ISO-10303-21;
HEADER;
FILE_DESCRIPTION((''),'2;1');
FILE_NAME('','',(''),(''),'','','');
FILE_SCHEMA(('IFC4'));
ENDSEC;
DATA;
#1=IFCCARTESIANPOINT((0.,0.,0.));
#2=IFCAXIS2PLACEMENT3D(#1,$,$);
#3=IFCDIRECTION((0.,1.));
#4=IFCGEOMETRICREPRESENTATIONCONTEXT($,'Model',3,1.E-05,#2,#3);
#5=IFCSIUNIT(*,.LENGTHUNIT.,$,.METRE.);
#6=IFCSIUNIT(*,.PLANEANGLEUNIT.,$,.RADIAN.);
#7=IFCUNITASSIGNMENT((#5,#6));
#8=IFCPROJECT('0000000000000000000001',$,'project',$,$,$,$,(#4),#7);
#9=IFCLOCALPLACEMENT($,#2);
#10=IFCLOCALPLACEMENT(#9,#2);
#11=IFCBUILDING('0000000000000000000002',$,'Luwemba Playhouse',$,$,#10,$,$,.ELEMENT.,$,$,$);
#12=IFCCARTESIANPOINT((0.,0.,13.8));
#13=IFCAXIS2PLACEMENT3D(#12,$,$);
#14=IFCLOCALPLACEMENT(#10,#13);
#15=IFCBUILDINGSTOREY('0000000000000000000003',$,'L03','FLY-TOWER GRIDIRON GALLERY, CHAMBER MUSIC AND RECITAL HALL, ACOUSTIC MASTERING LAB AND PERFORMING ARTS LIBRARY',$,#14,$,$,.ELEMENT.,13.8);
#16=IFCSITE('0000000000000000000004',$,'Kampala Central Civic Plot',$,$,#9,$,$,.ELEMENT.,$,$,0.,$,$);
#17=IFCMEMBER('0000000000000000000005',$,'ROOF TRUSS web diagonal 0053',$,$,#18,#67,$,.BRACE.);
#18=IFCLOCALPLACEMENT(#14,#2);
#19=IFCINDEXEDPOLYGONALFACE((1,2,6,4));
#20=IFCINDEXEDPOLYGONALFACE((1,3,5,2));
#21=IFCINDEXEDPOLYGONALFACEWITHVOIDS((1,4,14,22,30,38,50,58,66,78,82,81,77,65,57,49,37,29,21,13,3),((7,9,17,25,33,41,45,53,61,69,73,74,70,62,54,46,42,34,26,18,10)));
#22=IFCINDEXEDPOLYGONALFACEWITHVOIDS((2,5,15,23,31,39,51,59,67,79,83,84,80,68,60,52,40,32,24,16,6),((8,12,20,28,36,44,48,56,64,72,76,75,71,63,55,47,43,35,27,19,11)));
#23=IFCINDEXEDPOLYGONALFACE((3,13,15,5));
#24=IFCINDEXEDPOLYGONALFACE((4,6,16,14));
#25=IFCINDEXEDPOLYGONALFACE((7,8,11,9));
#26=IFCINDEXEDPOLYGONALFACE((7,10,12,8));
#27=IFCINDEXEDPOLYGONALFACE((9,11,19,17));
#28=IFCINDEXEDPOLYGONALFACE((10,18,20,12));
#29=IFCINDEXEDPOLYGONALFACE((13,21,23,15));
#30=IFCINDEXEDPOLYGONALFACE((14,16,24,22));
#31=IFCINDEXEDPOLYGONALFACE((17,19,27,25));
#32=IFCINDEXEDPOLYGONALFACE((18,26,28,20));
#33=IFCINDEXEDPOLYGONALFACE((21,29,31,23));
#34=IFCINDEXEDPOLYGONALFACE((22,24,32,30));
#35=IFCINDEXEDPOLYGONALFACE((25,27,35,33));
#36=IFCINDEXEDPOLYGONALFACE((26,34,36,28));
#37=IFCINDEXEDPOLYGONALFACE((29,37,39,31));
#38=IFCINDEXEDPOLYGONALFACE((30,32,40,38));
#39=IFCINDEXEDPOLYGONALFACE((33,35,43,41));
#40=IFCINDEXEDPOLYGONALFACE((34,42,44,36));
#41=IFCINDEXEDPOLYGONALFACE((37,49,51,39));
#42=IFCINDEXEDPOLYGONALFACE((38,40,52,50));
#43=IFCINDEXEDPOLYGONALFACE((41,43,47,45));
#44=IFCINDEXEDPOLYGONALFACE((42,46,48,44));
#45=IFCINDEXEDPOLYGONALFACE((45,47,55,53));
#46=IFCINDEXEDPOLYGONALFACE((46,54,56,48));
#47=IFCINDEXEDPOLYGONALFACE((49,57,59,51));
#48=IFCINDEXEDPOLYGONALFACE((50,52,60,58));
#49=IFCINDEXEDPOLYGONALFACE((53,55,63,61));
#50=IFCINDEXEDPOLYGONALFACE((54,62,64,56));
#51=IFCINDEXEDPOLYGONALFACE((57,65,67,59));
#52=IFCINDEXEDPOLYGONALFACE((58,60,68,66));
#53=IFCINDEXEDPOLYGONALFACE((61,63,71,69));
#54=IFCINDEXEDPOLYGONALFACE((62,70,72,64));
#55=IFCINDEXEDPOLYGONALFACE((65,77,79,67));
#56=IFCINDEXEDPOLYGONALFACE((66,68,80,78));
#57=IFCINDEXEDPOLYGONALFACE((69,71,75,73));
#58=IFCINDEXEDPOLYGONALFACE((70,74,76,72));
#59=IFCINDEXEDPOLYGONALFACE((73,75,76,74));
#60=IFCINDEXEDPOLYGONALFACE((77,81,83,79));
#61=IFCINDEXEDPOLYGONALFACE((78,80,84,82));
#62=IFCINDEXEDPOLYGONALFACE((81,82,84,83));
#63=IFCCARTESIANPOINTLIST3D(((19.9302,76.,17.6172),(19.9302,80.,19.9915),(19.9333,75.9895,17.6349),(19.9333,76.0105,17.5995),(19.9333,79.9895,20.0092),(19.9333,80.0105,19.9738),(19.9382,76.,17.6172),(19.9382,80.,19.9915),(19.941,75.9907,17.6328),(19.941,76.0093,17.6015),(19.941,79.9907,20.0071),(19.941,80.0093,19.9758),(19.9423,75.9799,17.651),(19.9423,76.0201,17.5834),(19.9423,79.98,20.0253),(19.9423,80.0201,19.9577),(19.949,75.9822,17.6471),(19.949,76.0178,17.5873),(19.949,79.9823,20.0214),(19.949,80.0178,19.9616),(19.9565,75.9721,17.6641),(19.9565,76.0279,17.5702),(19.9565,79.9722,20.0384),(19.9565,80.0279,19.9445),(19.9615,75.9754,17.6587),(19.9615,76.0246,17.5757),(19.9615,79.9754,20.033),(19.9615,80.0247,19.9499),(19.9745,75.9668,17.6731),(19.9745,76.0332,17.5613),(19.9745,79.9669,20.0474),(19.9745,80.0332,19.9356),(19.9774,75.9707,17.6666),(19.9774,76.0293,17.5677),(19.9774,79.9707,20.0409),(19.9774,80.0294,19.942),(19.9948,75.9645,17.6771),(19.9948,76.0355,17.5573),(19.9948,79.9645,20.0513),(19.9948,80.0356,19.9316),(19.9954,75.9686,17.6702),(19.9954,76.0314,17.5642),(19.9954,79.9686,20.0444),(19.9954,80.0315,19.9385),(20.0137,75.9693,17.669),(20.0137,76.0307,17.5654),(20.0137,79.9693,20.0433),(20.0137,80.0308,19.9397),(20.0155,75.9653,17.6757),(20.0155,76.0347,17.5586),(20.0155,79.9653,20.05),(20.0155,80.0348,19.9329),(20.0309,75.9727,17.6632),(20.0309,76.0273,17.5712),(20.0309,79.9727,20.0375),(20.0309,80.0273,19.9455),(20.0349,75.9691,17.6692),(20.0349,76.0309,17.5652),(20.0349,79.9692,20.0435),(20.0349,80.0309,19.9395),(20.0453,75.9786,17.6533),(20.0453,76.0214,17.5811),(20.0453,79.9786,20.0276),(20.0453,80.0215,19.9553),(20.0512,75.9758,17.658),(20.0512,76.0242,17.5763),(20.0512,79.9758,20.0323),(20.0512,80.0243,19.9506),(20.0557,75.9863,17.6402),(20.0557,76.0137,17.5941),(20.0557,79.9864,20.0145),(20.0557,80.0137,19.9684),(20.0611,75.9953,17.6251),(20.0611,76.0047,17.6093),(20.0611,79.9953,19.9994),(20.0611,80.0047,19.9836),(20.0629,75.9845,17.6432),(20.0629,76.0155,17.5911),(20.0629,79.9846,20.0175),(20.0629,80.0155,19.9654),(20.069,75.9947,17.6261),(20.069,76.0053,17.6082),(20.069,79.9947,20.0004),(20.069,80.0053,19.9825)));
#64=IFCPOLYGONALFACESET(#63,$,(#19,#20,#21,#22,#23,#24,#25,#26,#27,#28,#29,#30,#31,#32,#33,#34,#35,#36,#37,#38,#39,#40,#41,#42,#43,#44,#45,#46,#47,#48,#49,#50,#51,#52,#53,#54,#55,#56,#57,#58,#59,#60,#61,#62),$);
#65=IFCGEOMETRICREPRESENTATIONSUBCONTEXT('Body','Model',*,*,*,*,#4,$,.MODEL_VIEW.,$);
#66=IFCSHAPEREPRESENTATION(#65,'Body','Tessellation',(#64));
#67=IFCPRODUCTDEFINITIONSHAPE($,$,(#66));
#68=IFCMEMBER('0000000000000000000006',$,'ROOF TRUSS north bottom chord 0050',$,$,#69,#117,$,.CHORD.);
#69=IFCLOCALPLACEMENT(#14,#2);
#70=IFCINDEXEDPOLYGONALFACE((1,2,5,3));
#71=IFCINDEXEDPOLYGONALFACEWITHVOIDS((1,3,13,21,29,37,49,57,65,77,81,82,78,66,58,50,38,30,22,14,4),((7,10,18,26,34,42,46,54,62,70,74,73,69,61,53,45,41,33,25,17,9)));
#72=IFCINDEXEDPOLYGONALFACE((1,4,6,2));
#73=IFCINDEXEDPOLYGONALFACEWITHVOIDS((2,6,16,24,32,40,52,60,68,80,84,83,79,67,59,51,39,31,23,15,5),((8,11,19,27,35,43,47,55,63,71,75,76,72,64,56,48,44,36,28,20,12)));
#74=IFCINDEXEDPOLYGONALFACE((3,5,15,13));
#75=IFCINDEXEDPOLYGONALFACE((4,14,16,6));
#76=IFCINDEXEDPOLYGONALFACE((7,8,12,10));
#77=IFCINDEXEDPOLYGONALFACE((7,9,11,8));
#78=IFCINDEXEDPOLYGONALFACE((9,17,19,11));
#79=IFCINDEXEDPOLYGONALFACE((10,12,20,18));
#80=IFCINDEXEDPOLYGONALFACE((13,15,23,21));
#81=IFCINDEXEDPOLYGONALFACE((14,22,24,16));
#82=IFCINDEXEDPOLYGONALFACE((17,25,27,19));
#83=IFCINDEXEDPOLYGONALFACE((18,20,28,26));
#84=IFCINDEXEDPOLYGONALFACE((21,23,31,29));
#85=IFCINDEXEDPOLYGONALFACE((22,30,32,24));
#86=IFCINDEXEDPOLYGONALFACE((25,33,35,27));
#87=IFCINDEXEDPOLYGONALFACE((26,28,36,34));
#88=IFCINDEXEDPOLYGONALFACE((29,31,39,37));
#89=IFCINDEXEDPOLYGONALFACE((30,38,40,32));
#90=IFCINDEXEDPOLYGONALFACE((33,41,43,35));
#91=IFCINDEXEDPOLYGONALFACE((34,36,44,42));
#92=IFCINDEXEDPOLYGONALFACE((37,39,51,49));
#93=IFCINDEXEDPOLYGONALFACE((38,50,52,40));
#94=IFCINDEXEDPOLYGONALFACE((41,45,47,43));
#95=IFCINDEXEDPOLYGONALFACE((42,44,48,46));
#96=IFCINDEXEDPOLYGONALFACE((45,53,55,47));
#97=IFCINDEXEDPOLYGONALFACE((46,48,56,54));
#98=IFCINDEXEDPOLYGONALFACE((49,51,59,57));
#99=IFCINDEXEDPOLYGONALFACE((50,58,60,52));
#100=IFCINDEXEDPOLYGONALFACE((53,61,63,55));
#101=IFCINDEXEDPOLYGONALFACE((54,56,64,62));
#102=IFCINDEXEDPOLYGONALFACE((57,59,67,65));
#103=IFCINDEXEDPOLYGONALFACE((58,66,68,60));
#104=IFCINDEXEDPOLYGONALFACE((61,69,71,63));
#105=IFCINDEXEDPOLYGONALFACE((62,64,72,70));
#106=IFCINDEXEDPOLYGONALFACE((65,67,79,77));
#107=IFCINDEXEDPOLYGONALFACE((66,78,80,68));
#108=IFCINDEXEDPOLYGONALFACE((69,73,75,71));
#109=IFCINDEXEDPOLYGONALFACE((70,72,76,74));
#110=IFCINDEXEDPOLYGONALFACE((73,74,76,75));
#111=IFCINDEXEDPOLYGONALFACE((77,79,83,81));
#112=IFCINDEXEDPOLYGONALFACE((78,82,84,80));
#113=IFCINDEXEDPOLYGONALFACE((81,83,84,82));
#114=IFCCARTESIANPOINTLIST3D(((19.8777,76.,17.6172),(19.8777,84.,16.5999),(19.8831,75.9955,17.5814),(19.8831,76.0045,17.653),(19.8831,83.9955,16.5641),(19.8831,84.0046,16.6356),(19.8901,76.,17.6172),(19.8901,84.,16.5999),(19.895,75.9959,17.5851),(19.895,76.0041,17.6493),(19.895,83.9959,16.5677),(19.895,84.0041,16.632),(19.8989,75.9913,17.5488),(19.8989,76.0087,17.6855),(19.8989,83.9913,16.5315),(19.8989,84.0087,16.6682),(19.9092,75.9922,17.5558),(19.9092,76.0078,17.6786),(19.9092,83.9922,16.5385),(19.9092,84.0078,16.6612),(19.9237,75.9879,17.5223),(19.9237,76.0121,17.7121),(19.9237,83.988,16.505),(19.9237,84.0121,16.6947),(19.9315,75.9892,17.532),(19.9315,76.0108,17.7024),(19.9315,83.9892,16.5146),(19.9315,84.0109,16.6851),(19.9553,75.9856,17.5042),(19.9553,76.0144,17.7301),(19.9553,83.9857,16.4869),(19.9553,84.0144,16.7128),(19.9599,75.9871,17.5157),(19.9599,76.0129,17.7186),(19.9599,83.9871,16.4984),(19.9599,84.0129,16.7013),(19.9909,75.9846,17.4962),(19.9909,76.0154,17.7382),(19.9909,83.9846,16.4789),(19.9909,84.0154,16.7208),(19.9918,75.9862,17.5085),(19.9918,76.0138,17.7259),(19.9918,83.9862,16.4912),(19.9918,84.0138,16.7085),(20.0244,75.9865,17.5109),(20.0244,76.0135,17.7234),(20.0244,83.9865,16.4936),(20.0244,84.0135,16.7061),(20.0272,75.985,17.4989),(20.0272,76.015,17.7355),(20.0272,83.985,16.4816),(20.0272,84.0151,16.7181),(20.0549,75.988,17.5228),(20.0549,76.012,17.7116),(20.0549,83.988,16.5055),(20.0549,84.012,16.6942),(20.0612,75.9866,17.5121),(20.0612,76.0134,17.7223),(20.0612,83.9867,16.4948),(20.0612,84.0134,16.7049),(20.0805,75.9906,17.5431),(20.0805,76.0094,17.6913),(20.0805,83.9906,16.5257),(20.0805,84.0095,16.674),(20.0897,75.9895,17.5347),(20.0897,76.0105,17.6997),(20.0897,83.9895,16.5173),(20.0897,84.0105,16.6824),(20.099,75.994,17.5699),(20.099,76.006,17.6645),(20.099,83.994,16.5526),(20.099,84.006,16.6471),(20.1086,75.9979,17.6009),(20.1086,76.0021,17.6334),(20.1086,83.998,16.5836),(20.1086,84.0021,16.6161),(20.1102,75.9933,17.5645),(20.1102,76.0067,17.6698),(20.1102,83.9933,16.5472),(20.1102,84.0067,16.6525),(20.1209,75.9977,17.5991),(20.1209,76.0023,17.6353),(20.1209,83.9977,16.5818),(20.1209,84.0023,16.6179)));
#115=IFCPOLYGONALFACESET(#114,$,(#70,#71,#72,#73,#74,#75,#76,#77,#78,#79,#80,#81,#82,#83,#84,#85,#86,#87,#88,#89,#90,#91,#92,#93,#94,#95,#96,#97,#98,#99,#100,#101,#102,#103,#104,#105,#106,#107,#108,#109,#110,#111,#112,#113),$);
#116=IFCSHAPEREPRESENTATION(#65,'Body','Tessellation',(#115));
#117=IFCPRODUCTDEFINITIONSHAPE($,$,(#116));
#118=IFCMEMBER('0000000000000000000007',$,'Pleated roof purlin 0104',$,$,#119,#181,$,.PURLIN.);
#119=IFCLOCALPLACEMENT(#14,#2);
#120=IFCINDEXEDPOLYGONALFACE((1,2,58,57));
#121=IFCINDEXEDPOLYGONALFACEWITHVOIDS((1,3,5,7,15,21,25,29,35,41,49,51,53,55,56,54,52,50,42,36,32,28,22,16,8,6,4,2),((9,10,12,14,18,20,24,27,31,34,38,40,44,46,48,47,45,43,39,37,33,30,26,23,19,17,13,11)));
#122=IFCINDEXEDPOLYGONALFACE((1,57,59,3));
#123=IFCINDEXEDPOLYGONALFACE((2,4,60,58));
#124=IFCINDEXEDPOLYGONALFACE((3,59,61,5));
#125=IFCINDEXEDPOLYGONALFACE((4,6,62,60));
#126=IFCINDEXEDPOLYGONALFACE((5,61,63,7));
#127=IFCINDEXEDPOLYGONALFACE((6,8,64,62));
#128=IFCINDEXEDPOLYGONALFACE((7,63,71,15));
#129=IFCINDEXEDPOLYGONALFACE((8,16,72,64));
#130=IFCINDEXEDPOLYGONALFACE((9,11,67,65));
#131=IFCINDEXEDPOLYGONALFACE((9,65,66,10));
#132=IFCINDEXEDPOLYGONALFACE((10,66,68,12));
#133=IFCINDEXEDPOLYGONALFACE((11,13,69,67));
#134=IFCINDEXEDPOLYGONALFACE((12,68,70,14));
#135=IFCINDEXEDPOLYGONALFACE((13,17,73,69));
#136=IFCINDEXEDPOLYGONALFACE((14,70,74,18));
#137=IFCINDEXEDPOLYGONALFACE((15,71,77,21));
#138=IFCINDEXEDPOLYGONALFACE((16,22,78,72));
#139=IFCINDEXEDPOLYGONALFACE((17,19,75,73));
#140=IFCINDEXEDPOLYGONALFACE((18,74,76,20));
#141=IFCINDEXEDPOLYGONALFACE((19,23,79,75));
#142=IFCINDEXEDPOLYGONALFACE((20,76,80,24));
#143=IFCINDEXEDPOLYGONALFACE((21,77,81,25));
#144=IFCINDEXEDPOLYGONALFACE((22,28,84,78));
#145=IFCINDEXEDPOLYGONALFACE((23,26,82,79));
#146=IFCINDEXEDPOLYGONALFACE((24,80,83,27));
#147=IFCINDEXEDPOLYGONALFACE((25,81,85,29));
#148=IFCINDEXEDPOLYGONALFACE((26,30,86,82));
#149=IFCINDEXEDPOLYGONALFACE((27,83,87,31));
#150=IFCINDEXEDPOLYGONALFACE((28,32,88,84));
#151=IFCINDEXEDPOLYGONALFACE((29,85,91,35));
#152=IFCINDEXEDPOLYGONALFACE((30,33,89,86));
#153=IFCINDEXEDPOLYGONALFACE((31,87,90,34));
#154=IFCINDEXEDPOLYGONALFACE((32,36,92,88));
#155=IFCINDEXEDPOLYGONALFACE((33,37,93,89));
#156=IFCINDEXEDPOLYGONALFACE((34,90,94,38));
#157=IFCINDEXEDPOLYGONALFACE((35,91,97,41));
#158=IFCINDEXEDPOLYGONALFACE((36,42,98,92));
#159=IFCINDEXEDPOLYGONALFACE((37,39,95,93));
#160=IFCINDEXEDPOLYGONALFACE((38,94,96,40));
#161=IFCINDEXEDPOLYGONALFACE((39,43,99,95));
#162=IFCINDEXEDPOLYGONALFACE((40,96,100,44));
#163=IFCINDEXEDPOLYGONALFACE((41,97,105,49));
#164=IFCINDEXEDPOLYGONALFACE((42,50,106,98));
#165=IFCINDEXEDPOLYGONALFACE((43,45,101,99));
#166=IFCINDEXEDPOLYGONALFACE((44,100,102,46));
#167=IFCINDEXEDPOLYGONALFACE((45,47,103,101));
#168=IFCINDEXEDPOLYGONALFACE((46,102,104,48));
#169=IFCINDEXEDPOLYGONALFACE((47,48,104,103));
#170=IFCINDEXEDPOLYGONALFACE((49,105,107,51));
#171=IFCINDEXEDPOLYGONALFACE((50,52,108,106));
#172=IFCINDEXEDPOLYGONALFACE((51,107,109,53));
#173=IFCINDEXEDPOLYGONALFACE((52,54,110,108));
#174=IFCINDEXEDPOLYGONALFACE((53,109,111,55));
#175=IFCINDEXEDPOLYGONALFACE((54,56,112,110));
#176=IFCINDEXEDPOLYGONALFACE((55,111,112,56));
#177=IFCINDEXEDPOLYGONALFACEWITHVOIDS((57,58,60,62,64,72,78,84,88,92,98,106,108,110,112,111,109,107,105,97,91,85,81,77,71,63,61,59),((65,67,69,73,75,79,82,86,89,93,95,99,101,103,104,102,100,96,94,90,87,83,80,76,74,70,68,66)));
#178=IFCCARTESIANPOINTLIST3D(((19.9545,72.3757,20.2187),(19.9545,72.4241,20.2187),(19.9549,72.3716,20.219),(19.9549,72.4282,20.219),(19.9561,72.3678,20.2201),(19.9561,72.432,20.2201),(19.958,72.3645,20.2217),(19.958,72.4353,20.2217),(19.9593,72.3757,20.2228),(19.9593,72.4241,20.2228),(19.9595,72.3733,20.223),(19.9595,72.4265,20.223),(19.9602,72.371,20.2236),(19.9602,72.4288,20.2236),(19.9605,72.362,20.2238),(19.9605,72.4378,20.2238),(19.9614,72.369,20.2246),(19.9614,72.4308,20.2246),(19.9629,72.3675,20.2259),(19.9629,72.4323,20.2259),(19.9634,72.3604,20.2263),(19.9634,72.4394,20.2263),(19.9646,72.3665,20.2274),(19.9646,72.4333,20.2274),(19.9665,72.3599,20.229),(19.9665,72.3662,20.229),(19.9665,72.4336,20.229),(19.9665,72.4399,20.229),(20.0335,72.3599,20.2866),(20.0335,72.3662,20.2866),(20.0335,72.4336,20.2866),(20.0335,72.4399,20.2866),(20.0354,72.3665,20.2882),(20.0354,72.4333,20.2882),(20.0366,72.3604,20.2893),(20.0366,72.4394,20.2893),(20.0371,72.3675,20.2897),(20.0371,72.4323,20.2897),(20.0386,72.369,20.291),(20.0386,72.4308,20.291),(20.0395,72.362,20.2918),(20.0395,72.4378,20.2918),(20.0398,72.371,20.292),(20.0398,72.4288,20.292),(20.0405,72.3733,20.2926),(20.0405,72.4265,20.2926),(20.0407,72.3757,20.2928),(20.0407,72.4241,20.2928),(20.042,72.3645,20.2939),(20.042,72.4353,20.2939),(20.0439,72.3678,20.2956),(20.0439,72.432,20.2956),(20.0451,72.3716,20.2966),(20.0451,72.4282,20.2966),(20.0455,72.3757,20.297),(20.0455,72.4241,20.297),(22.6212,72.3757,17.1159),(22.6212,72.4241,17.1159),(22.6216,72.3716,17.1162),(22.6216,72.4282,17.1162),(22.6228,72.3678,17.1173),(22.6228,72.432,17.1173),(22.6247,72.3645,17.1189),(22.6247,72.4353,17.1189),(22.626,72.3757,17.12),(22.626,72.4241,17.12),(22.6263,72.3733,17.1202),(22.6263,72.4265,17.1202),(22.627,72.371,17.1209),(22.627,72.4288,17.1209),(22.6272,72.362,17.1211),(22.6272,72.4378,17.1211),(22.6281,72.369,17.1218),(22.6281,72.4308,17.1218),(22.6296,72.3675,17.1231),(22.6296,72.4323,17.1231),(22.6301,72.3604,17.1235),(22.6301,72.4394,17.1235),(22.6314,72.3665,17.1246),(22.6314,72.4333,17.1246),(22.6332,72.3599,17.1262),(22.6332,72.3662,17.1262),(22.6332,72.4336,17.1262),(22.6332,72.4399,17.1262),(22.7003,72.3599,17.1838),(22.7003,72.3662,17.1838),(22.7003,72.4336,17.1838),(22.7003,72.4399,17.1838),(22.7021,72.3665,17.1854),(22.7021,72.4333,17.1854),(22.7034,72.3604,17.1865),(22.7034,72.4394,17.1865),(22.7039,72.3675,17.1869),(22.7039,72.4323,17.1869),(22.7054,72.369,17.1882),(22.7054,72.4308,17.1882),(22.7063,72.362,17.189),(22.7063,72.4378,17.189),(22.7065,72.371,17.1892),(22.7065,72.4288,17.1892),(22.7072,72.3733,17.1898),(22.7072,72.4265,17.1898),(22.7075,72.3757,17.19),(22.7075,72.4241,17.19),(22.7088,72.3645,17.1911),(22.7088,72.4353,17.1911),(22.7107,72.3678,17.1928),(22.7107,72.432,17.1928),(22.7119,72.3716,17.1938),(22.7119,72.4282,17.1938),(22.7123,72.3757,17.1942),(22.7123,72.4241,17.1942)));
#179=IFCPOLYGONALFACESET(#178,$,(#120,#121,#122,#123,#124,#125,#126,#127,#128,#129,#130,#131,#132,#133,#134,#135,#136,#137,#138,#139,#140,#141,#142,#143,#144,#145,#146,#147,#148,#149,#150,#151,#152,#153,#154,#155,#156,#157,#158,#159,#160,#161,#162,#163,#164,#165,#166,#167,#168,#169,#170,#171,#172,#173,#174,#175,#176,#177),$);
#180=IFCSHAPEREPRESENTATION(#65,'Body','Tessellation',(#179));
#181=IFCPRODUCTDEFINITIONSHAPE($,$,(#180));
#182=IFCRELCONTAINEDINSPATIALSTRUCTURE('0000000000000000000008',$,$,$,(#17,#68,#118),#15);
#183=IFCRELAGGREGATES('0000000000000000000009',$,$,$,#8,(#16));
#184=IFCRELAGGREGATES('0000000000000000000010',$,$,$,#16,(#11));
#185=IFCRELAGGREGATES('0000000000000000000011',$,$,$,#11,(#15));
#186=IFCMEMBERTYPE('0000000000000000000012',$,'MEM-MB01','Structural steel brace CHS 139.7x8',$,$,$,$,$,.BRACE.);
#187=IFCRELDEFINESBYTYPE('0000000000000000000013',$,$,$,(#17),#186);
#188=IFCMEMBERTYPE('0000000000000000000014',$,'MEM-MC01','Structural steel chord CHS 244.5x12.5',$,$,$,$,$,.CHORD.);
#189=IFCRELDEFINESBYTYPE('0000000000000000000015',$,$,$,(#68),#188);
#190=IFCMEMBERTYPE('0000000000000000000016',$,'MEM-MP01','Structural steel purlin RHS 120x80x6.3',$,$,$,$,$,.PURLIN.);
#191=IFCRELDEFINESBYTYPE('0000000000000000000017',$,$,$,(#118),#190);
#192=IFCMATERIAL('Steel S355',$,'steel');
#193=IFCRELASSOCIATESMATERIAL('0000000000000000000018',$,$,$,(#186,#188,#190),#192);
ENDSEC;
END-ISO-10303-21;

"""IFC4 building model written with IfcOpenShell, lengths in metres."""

from ifc_helpers import new_model, si_unit, direction, frame, origin, origin_2d, place, context, subcontext, project, spatial, hollow_rectangle, hollow_circle, extrude, material, material_profile, profile_set, type_object, element, save


model = new_model("IFC4")

# Units and contexts
model_context = context("Model", 3, precision=1e-05, world=origin(), true_north=direction((0.0, 1.0)))
body_context = subcontext(model_context, "Body", "Model", "MODEL_VIEW")
ifc_project = project(units=[si_unit("LENGTHUNIT", "METRE"), si_unit("PLANEANGLEUNIT", "RADIAN")], contexts=[model_context])

# Site, building, storey
site_placement = place(None, origin())
site = spatial("IfcSite", under=ifc_project, at=site_placement, Name="Kampala Central Civic Plot", CompositionType="ELEMENT", RefElevation=0.0)
building_placement = place(site_placement, origin())
building = spatial("IfcBuilding", under=site, at=building_placement, Name="Luwemba Playhouse", CompositionType="ELEMENT")
storey_placement = place(building_placement, frame((0.0, 0.0, 13.8)))
storey = spatial("IfcBuildingStorey", under=building, at=storey_placement, Name="L03", Description="FLY-TOWER GRIDIRON GALLERY, CHAMBER MUSIC AND RECITAL HALL, ACOUSTIC MASTERING LAB AND PERFORMING ARTS LIBRARY", CompositionType="ELEMENT", Elevation=13.8)

# Shared definitions
ifc_material_1 = material(Name="Steel S355", Category="steel")

# Members
ifc_material_profile_1 = material_profile(ifc_material_1, hollow_circle(Radius=0.0698, WallThickness=0.0081, at=origin_2d()))
ifc_profile_set_1 = profile_set([ifc_material_profile_1], Name="Steel S355")
member_type_1 = type_object("IfcMemberType", Name="MEM-MB01", Description="Structural steel brace CHS 139.7x8", PredefinedType="BRACE", material=ifc_profile_set_1)
for number, where, z_axis, x_axis, name in (
    (1, (20.0, 76.0, 17.6172), (0.0, 0.859924, 0.510422), (-1.0, 0.0, 0.0), "ROOF TRUSS web diagonal 0053"),
):
    element("IfcMember", number, at=place(storey_placement, frame(where, z_axis=z_axis, x_axis=x_axis)), inside=storey, type_object=member_type_1, Name=name, PredefinedType="BRACE", context=body_context, shape_type="SweptSolid", body=[
        extrude(hollow_circle(Radius=0.0698, WallThickness=0.0081, at=origin_2d()), origin(), (0.0, 0.0, 1.0), 4.6516),
    ])
ifc_material_profile_2 = material_profile(ifc_material_1, hollow_circle(Radius=0.1223, WallThickness=0.0125, at=origin_2d()))
ifc_profile_set_2 = profile_set([ifc_material_profile_2], Name="Steel S355")
member_type_2 = type_object("IfcMemberType", Name="MEM-MC01", Description="Structural steel chord CHS 244.5x12.5", PredefinedType="CHORD", material=ifc_profile_set_2)
member_1_placement = place(storey_placement, frame((20.0, 76.0, 17.6172), z_axis=(0.0, 0.992011, -0.126151), x_axis=(-1.0, 0.0, 0.0)))
element("IfcMember", 2, at=member_1_placement, inside=storey, type_object=member_type_2, Name="ROOF TRUSS north bottom chord 0050", PredefinedType="CHORD", context=body_context, shape_type="SweptSolid", body=[
    extrude(hollow_circle(Radius=0.1223, WallThickness=0.0125, at=origin_2d()), origin(), (0.0, 0.0, 1.0), 8.0645),
])
ifc_material_profile_3 = material_profile(ifc_material_1, hollow_rectangle(XDim=0.0801, YDim=0.1201, WallThickness=0.0063, InnerFilletRadius=0.0095, OuterFilletRadius=0.0159, at=origin_2d()))
ifc_profile_set_3 = profile_set([ifc_material_profile_3], Name="Steel S355")
member_type_3 = type_object("IfcMemberType", Name="MEM-MP01", Description="Structural steel purlin RHS 120x80x6.3", PredefinedType="PURLIN", material=ifc_profile_set_3)
member_2_placement = place(storey_placement, frame((20.0, 72.3999, 20.2578), z_axis=(0.651808, 0.0, -0.758384), x_axis=(0.0, 1.0, 0.0)))
element("IfcMember", 3, at=member_2_placement, inside=storey, type_object=member_type_3, Name="Pleated roof purlin 0104", PredefinedType="PURLIN", context=body_context, shape_type="SweptSolid", body=[
    extrude(hollow_rectangle(XDim=0.0801, YDim=0.1201, WallThickness=0.0063, InnerFilletRadius=0.0095, OuterFilletRadius=0.0159, at=origin_2d()), origin(), (0.0, 0.0, 1.0), 4.0913),
])

save(model, "model.ifc")
